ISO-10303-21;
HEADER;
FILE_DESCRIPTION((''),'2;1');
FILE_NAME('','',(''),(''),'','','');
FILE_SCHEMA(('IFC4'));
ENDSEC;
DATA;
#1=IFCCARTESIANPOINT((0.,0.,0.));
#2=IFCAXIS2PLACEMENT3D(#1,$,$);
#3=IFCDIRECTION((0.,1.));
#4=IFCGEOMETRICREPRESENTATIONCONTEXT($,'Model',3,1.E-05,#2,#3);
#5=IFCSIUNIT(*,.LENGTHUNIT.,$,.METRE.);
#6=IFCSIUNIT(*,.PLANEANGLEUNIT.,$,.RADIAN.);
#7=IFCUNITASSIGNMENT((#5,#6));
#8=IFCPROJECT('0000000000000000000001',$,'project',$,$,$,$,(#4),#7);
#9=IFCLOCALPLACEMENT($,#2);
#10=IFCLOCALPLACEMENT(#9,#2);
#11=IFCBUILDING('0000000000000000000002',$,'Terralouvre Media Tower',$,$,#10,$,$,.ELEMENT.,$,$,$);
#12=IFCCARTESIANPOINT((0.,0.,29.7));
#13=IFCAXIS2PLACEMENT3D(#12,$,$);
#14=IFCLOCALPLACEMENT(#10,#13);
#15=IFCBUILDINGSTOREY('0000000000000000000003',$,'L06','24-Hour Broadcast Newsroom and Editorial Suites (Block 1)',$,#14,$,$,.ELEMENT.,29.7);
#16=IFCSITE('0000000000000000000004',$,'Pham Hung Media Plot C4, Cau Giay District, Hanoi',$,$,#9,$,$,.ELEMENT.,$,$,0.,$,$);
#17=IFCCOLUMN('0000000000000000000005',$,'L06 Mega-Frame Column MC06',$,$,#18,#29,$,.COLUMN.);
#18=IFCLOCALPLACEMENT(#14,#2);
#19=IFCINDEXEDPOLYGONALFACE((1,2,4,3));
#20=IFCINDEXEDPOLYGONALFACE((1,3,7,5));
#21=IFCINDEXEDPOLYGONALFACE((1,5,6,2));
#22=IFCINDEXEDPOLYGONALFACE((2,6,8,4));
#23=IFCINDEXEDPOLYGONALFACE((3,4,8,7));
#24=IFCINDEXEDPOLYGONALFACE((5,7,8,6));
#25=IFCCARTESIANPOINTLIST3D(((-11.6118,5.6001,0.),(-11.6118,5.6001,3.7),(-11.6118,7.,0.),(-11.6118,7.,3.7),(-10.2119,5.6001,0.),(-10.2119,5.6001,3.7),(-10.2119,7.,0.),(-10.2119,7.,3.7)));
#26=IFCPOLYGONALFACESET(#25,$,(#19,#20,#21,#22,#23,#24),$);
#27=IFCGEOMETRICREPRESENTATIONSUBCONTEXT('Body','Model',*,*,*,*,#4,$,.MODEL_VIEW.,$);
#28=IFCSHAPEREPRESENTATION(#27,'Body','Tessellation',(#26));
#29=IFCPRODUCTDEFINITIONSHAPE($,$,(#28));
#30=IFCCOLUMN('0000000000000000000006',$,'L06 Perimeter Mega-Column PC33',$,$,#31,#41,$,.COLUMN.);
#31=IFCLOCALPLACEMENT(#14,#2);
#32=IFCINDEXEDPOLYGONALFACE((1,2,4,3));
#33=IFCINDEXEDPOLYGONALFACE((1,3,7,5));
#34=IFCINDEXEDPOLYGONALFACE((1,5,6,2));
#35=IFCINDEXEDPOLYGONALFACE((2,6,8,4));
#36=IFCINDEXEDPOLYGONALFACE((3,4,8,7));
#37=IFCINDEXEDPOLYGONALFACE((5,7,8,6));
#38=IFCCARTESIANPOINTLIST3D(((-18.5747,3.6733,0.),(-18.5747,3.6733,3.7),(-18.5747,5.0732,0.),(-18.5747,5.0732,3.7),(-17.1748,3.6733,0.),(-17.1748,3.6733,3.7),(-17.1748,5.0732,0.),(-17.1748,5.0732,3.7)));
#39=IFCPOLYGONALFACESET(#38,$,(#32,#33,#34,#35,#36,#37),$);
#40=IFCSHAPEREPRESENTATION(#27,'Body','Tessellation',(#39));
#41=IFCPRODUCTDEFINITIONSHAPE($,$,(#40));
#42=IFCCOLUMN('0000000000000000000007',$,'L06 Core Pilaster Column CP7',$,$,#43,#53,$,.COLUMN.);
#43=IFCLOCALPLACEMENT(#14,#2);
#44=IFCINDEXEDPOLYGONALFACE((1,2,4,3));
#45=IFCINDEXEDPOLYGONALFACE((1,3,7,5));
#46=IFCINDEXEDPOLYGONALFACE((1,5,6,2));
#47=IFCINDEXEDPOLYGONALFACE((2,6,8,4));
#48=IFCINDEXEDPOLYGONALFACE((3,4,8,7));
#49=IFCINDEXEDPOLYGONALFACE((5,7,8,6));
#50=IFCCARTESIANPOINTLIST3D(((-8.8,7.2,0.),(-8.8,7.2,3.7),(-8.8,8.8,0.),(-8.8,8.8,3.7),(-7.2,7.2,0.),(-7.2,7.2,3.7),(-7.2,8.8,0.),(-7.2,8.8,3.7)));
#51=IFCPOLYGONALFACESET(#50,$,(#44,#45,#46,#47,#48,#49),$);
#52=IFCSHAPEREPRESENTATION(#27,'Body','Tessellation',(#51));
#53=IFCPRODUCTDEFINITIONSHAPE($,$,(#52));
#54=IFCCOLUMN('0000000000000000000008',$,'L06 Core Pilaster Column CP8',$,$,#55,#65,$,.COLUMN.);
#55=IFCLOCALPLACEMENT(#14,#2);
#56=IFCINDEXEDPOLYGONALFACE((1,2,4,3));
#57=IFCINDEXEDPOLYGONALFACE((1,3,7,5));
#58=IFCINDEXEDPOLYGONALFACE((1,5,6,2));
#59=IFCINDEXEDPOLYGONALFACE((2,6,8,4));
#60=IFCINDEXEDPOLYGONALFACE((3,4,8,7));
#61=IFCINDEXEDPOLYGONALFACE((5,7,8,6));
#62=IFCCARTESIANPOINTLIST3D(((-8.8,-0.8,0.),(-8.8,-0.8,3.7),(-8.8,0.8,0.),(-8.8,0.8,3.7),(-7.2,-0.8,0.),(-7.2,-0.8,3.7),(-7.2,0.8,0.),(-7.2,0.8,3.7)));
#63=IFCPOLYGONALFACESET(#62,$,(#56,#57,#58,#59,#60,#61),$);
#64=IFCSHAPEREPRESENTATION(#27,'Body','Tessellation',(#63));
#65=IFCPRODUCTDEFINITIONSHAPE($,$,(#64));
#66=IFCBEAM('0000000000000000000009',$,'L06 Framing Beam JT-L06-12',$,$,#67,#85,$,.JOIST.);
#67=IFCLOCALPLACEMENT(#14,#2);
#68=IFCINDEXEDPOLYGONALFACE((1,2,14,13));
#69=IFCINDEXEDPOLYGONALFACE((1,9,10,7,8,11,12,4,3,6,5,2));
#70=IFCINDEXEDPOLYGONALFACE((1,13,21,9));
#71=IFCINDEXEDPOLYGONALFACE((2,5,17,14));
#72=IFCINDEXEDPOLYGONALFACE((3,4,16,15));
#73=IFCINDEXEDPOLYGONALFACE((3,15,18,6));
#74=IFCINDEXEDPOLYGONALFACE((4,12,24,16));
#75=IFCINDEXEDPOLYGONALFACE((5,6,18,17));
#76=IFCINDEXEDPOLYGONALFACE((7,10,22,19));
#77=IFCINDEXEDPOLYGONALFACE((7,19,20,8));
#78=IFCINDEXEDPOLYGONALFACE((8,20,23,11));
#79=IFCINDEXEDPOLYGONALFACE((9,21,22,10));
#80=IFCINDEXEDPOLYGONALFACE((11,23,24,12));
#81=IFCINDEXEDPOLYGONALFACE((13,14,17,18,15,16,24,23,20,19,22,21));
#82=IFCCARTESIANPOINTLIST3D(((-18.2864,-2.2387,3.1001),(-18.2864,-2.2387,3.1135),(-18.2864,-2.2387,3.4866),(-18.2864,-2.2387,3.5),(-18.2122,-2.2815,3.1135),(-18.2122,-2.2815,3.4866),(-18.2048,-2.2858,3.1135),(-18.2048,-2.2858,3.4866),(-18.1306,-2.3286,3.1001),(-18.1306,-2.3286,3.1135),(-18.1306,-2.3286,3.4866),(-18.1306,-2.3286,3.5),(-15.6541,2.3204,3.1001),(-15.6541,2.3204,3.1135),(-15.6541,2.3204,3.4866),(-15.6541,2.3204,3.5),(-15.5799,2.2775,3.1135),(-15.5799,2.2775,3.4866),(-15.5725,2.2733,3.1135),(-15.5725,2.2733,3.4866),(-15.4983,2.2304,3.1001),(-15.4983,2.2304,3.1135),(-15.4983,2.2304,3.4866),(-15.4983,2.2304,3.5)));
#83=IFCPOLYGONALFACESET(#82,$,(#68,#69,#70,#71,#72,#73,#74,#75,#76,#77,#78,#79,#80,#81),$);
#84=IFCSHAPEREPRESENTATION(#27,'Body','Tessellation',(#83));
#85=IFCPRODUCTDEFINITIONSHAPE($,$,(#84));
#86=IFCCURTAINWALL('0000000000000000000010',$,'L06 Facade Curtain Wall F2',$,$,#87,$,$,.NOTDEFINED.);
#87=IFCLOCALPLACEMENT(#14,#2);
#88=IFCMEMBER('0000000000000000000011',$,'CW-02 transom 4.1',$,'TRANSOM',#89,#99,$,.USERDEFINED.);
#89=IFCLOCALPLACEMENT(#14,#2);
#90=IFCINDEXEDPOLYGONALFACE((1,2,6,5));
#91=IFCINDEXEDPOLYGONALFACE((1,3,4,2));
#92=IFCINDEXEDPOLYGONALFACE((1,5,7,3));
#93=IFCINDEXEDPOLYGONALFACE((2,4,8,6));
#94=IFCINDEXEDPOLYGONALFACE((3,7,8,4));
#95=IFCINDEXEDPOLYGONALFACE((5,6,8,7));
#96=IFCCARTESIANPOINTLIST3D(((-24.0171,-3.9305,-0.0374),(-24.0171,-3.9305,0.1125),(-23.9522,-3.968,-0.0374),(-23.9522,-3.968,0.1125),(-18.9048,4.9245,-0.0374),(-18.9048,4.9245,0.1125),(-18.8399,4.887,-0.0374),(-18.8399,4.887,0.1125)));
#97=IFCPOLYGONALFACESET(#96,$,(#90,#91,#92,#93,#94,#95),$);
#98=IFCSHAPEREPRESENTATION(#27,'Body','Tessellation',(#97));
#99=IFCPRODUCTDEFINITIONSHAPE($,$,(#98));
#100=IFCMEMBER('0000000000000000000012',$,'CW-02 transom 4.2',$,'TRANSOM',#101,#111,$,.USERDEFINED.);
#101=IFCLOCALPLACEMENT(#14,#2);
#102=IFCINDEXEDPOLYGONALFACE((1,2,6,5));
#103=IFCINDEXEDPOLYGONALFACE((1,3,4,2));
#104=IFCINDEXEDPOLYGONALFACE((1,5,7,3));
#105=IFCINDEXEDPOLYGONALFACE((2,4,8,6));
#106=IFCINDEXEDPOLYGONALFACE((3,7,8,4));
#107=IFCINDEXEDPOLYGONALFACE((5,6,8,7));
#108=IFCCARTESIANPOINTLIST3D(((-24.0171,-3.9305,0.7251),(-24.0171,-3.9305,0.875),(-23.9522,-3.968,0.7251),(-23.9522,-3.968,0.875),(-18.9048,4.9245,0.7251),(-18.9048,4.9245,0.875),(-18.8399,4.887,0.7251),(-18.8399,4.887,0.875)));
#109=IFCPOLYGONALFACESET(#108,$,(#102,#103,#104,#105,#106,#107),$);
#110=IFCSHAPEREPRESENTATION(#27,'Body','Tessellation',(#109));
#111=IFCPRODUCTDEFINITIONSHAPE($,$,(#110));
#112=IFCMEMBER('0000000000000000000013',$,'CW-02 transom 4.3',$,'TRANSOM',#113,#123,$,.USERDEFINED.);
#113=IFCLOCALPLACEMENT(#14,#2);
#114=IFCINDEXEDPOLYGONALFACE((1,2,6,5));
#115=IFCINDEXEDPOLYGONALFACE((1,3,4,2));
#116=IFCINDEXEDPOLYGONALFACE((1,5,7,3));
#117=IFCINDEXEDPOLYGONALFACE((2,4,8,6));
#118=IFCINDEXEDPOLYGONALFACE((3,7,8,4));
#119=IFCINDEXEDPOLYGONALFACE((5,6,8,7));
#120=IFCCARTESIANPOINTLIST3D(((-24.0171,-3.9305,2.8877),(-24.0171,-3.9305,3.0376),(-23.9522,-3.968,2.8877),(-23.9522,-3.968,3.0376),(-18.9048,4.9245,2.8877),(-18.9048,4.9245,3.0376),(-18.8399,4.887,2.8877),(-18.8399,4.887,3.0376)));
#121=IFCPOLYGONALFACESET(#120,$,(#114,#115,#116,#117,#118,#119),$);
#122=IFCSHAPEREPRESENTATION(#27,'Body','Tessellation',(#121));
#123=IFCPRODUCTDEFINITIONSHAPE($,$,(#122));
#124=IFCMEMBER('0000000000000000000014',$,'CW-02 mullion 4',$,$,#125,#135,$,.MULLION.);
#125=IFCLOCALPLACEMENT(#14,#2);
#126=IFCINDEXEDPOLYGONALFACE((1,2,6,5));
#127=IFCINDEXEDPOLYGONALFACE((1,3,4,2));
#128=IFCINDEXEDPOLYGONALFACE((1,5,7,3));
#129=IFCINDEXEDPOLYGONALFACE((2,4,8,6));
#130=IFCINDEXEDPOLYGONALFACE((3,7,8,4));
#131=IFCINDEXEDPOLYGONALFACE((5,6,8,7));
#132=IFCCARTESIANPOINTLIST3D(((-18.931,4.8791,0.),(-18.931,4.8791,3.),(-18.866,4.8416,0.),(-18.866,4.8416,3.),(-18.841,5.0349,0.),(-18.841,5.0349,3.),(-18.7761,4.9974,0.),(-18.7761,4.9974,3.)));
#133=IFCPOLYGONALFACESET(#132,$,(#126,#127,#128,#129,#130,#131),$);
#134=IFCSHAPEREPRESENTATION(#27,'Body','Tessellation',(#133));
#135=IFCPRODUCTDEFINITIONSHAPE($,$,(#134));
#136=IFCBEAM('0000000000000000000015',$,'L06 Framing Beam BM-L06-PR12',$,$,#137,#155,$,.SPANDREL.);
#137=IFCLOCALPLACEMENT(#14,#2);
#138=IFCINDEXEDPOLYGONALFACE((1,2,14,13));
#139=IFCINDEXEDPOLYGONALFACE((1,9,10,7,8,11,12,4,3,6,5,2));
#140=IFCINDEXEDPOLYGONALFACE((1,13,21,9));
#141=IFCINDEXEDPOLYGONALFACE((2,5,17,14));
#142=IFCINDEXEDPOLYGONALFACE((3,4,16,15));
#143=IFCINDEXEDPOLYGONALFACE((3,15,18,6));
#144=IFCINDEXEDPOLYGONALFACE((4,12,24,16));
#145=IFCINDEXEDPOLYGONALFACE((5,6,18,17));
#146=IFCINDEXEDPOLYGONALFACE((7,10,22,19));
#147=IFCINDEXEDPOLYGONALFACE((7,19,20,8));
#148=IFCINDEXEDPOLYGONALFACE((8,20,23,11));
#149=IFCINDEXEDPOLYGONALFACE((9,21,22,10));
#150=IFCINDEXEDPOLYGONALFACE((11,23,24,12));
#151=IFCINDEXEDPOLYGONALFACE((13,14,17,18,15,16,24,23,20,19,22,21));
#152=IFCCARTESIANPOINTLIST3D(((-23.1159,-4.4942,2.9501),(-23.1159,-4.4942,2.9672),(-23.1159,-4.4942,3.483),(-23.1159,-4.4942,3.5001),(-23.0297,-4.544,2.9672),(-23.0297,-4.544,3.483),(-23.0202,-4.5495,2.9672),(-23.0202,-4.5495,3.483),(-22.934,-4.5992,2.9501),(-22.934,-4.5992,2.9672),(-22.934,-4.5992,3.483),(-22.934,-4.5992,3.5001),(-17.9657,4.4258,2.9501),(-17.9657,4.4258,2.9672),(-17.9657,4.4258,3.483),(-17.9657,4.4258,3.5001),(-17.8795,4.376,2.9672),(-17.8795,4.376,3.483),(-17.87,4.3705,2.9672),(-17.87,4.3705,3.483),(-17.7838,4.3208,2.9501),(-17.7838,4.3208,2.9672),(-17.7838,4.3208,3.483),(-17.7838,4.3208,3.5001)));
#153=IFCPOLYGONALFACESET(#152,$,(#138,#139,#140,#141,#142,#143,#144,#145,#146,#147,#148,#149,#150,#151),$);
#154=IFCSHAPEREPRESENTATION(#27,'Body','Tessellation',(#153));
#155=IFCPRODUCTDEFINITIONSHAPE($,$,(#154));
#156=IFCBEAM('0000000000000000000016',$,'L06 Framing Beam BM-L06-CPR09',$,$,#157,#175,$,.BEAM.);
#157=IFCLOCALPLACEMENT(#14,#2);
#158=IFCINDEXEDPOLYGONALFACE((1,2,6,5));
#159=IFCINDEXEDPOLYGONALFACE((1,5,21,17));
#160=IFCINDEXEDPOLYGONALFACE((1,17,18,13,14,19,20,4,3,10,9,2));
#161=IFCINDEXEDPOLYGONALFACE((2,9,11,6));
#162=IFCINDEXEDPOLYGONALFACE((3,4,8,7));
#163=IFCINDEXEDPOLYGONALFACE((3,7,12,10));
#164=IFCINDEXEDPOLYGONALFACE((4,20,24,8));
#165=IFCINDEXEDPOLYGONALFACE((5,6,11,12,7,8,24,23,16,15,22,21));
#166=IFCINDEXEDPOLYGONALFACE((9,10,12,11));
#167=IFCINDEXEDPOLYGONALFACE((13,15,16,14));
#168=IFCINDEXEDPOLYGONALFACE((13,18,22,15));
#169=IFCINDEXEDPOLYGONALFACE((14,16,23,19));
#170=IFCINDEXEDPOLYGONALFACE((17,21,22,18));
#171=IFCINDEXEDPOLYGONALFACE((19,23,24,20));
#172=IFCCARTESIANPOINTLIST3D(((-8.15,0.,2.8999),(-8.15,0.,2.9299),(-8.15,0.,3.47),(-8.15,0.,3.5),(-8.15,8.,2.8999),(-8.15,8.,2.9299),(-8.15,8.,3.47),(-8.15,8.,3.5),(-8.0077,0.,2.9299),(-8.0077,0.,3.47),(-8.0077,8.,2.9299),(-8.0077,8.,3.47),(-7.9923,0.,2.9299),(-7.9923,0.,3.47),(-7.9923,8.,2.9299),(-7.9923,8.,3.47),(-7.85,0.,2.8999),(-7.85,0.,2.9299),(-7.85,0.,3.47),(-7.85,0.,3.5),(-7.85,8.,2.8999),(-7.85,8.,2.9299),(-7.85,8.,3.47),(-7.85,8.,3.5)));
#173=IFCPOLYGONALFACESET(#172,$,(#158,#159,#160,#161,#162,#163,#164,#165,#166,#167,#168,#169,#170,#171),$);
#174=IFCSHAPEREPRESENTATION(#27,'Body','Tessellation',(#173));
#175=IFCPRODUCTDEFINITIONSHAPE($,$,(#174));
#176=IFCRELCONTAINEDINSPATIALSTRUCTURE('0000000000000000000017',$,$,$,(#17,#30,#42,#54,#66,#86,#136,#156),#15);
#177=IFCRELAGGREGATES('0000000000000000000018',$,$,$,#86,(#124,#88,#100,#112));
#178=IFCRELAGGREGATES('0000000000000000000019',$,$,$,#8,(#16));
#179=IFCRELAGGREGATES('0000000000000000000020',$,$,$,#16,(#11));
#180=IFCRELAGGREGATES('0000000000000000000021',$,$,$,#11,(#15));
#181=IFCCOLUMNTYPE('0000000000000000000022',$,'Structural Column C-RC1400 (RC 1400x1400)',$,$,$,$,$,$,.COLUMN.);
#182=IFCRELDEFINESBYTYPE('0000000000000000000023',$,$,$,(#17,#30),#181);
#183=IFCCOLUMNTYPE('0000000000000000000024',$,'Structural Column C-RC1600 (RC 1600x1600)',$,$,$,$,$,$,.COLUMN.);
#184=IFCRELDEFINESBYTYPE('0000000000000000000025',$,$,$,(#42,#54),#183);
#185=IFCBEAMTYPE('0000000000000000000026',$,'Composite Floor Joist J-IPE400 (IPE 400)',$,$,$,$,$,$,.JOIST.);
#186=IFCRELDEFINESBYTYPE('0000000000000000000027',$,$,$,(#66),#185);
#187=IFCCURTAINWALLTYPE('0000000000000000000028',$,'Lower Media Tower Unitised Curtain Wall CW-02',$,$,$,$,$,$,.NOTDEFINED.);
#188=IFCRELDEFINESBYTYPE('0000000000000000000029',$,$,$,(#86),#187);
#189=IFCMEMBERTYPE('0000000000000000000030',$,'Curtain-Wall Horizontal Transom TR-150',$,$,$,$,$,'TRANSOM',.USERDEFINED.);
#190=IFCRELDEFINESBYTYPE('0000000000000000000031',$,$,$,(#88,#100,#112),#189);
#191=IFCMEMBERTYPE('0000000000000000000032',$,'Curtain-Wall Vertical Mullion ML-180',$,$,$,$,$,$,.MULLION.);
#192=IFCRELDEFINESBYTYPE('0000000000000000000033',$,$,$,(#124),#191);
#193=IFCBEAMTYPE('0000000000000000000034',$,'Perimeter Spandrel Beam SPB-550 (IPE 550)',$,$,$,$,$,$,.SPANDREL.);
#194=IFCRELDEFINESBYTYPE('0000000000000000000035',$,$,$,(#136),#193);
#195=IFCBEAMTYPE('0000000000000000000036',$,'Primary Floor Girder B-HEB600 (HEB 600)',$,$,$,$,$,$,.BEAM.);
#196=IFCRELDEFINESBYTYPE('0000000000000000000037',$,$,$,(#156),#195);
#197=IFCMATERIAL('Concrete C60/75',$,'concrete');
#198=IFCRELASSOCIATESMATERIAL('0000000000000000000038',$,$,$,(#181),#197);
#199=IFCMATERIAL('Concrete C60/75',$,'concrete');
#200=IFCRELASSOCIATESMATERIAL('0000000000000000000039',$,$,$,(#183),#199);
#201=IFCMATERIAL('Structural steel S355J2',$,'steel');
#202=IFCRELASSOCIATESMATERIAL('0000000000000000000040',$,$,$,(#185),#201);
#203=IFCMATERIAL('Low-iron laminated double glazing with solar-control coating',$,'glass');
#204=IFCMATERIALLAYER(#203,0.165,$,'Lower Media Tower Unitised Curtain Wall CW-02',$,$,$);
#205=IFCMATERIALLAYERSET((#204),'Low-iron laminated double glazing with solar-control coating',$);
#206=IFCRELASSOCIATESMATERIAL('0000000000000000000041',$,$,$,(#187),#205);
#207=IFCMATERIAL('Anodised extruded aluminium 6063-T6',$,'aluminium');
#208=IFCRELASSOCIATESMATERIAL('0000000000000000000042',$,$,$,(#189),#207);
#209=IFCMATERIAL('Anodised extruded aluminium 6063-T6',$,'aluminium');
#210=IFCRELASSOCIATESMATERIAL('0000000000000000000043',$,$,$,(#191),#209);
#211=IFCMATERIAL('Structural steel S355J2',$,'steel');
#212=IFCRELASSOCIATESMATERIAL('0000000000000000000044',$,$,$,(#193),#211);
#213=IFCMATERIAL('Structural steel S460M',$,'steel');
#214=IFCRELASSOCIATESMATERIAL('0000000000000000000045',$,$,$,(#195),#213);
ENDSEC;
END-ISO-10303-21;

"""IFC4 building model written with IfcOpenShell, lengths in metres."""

from ifc_helpers import new_model, si_unit, direction, frame, origin, origin_2d, place, context, subcontext, project, spatial, rectangle, i_section, extrude, material, layer, layer_set, material_profile, profile_set, type_object, element, aggregate, save


model = new_model("IFC4")

# Units and contexts
model_context = context("Model", 3, precision=1e-05, world=origin(), true_north=direction((0.0, 1.0)))
body_context = subcontext(model_context, "Body", "Model", "MODEL_VIEW")
ifc_project = project(units=[si_unit("LENGTHUNIT", "METRE"), si_unit("PLANEANGLEUNIT", "RADIAN")], contexts=[model_context])

# Site, building, storey
site_placement = place(None, origin())
site = spatial("IfcSite", under=ifc_project, at=site_placement, Name="Pham Hung Media Plot C4, Cau Giay District, Hanoi", CompositionType="ELEMENT", RefElevation=0.0)
building_placement = place(site_placement, origin())
building = spatial("IfcBuilding", under=site, at=building_placement, Name="Terralouvre Media Tower", CompositionType="ELEMENT")
storey_placement = place(building_placement, frame((0.0, 0.0, 29.7)))
storey = spatial("IfcBuildingStorey", under=building, at=storey_placement, Name="L06", Description="24-Hour Broadcast Newsroom and Editorial Suites (Block 1)", CompositionType="ELEMENT", Elevation=29.7)

# Columns
ifc_material_1 = material(Name="Concrete C60/75", Category="concrete")
ifc_material_profile_1 = material_profile(ifc_material_1, rectangle(XDim=1.3999, YDim=1.3999, at=origin_2d()), Name="RC 1400x1400")
ifc_profile_set_1 = profile_set([ifc_material_profile_1], Name="Concrete C60/75")
column_type_1 = type_object("IfcColumnType", Name="Structural Column C-RC1400 (RC 1400x1400)", PredefinedType="COLUMN", material=ifc_profile_set_1)
for number, where, z_axis, x_axis, name in (
    (1, (-10.9119, 6.3, 0.0), (0.0, 0.0, 1.0), (1.0, 0.0, 0.0), "L06 Mega-Frame Column MC06"),
    (2, (-17.8748, 4.3733, 0.0), (0.0, 0.0, 1.0), (1.0, 0.0, 0.0), "L06 Perimeter Mega-Column PC33"),
):
    element("IfcColumn", number, at=place(storey_placement, frame(where, z_axis=z_axis, x_axis=x_axis)), inside=storey, type_object=column_type_1, Name=name, PredefinedType="COLUMN", context=body_context, shape_type="SweptSolid", body=[
        extrude(rectangle(XDim=1.3999, YDim=1.3999, at=origin_2d()), origin(), (0.0, 0.0, 1.0), 3.7),
    ])
ifc_material_2 = material(Name="Concrete C60/75", Category="concrete")
ifc_material_profile_2 = material_profile(ifc_material_2, rectangle(XDim=1.6001, YDim=1.6001, at=origin_2d()), Name="RC 1600x1600")
ifc_profile_set_2 = profile_set([ifc_material_profile_2], Name="Concrete C60/75")
column_type_2 = type_object("IfcColumnType", Name="Structural Column C-RC1600 (RC 1600x1600)", PredefinedType="COLUMN", material=ifc_profile_set_2)
for number, where, z_axis, x_axis, name in (
    (3, (-8.0, 8.0, 0.0), (0.0, 0.0, 1.0), (1.0, 0.0, 0.0), "L06 Core Pilaster Column CP7"),
    (4, (-8.0, 0.0, 0.0), (0.0, 0.0, 1.0), (1.0, 0.0, 0.0), "L06 Core Pilaster Column CP8"),
):
    element("IfcColumn", number, at=place(storey_placement, frame(where, z_axis=z_axis, x_axis=x_axis)), inside=storey, type_object=column_type_2, Name=name, PredefinedType="COLUMN", context=body_context, shape_type="SweptSolid", body=[
        extrude(rectangle(XDim=1.6001, YDim=1.6001, at=origin_2d()), origin(), (0.0, 0.0, 1.0), 3.7),
    ])

# Beam
ifc_material_3 = material(Name="Structural steel S355J2", Category="steel")
ifc_material_profile_3 = material_profile(ifc_material_3, i_section(OverallWidth=0.1799, OverallDepth=0.3999, WebThickness=0.0085, FlangeThickness=0.0134, at=origin_2d()), Name="IPE 400")
ifc_profile_set_3 = profile_set([ifc_material_profile_3], Name="Structural steel S355J2")
beam_type_1 = type_object("IfcBeamType", Name="Composite Floor Joist J-IPE400 (IPE 400)", PredefinedType="JOIST", material=ifc_profile_set_3)
beam_1_placement = place(storey_placement, frame((-15.5762, 2.2754, 3.3), z_axis=(-0.50002, -0.866014, 0.0), x_axis=(0.866014, -0.50002, 0.0)))
element("IfcBeam", 5, at=beam_1_placement, inside=storey, type_object=beam_type_1, Name="L06 Framing Beam JT-L06-12", PredefinedType="JOIST", context=body_context, shape_type="SweptSolid", body=[
    extrude(i_section(OverallWidth=0.1799, OverallDepth=0.3999, WebThickness=0.0085, FlangeThickness=0.0134, at=origin_2d()), origin(), (0.0, 0.0, 1.0), 5.2644),
])

# Curtain wall, members
ifc_material_4 = material(Name="Low-iron laminated double glazing with solar-control coating", Category="glass")
ifc_layer_1 = layer(ifc_material_4, 0.165, Name="Lower Media Tower Unitised Curtain Wall CW-02")
ifc_layer_set_1 = layer_set([ifc_layer_1], Name="Low-iron laminated double glazing with solar-control coating")
curtain_wall_type = type_object("IfcCurtainWallType", Name="Lower Media Tower Unitised Curtain Wall CW-02", PredefinedType="NOTDEFINED", material=ifc_layer_set_1)
curtain_wall_placement = place(storey_placement, origin())
curtain_wall = element("IfcCurtainWall", 6, at=curtain_wall_placement, inside=storey, type_object=curtain_wall_type, Name="L06 Facade Curtain Wall F2", PredefinedType="NOTDEFINED")
ifc_material_5 = material(Name="Anodised extruded aluminium 6063-T6", Category="aluminium")
ifc_material_profile_4 = material_profile(ifc_material_5, rectangle(XDim=0.075, YDim=0.1499, at=origin_2d()), Name="ALU 75x150")
ifc_profile_set_4 = profile_set([ifc_material_profile_4], Name="Anodised extruded aluminium 6063-T6")
member_type_1 = type_object("IfcMemberType", Name="Curtain-Wall Horizontal Transom TR-150", ElementType="TRANSOM", PredefinedType="USERDEFINED", material=ifc_profile_set_4)
member_1_placement = place(storey_placement, frame((-18.8723, 4.9058, 0.0376), z_axis=(-0.499991, -0.866031, 0.0), x_axis=(0.866031, -0.499991, 0.0)))
member_1 = element("IfcMember", 7, at=member_1_placement, type_object=member_type_1, Name="CW-02 transom 4.1", ObjectType="TRANSOM", PredefinedType="USERDEFINED", context=body_context, shape_type="SweptSolid", body=[
    extrude(rectangle(XDim=0.075, YDim=0.1499, at=origin_2d()), origin(), (0.0, 0.0, 1.0), 10.2249),
])
member_2_placement = place(storey_placement, frame((-18.8723, 4.9058, 0.8), z_axis=(-0.499991, -0.866031, 0.0), x_axis=(0.866031, -0.499991, 0.0)))
member_2 = element("IfcMember", 8, at=member_2_placement, type_object=member_type_1, Name="CW-02 transom 4.2", ObjectType="TRANSOM", PredefinedType="USERDEFINED", context=body_context, shape_type="SweptSolid", body=[
    extrude(rectangle(XDim=0.075, YDim=0.1499, at=origin_2d()), origin(), (0.0, 0.0, 1.0), 10.2249),
])
member_3_placement = place(storey_placement, frame((-18.8723, 4.9058, 2.9626), z_axis=(-0.499991, -0.866031, 0.0), x_axis=(0.866031, -0.499991, 0.0)))
member_3 = element("IfcMember", 9, at=member_3_placement, type_object=member_type_1, Name="CW-02 transom 4.3", ObjectType="TRANSOM", PredefinedType="USERDEFINED", context=body_context, shape_type="SweptSolid", body=[
    extrude(rectangle(XDim=0.075, YDim=0.1499, at=origin_2d()), origin(), (0.0, 0.0, 1.0), 10.2249),
])
ifc_material_6 = material(Name="Anodised extruded aluminium 6063-T6", Category="aluminium")
ifc_material_profile_5 = material_profile(ifc_material_6, rectangle(XDim=0.075, YDim=0.1799, at=origin_2d()), Name="ALU 75x180")
ifc_profile_set_5 = profile_set([ifc_material_profile_5], Name="Anodised extruded aluminium 6063-T6")
member_type_2 = type_object("IfcMemberType", Name="Curtain-Wall Vertical Mullion ML-180", PredefinedType="MULLION", material=ifc_profile_set_5)
member_4_placement = place(storey_placement, frame((-18.8535, 4.9382, 0.0), z_axis=(0.0, 0.0, 1.0), x_axis=(0.866025, -0.5, 0.0)))
member_4 = element("IfcMember", 10, at=member_4_placement, type_object=member_type_2, Name="CW-02 mullion 4", PredefinedType="MULLION", context=body_context, shape_type="SweptSolid", body=[
    extrude(rectangle(XDim=0.075, YDim=0.1799, at=origin_2d()), origin(), (0.0, 0.0, 1.0), 3.0),
])

# Beams
ifc_material_7 = material(Name="Structural steel S355J2", Category="steel")
ifc_material_profile_6 = material_profile(ifc_material_7, i_section(OverallWidth=0.21, OverallDepth=0.55, WebThickness=0.011, FlangeThickness=0.0171, at=origin_2d()), Name="IPE 550")
ifc_profile_set_6 = profile_set([ifc_material_profile_6], Name="Structural steel S355J2")
beam_type_2 = type_object("IfcBeamType", Name="Perimeter Spandrel Beam SPB-550 (IPE 550)", PredefinedType="SPANDREL", material=ifc_profile_set_6)
beam_2_placement = place(storey_placement, frame((-17.8748, 4.3733, 3.2251), z_axis=(-0.500017, -0.866016, 0.0), x_axis=(0.866016, -0.500017, 0.0)))
element("IfcBeam", 11, at=beam_2_placement, inside=storey, type_object=beam_type_2, Name="L06 Framing Beam BM-L06-PR12", PredefinedType="SPANDREL", context=body_context, shape_type="SweptSolid", body=[
    extrude(i_section(OverallWidth=0.21, OverallDepth=0.55, WebThickness=0.011, FlangeThickness=0.0171, at=origin_2d()), origin(), (0.0, 0.0, 1.0), 10.3),
])
ifc_material_8 = material(Name="Structural steel S460M", Category="steel")
ifc_material_profile_7 = material_profile(ifc_material_8, i_section(OverallWidth=0.3, OverallDepth=0.6001, WebThickness=0.0154, FlangeThickness=0.03, at=origin_2d()), Name="HEB 600")
ifc_profile_set_7 = profile_set([ifc_material_profile_7], Name="Structural steel S460M")
beam_type_3 = type_object("IfcBeamType", Name="Primary Floor Girder B-HEB600 (HEB 600)", PredefinedType="BEAM", material=ifc_profile_set_7)
for number, where, z_axis, x_axis, name in (
    (12, (-8.0, 8.0, 3.2), (0.0, -1.0, 0.0), (1.0, 0.0, 0.0), "L06 Framing Beam BM-L06-CPR09"),
):
    element("IfcBeam", number, at=place(storey_placement, frame(where, z_axis=z_axis, x_axis=x_axis)), inside=storey, type_object=beam_type_3, Name=name, PredefinedType="BEAM", context=body_context, shape_type="SweptSolid", body=[
        extrude(i_section(OverallWidth=0.3, OverallDepth=0.6001, WebThickness=0.0154, FlangeThickness=0.03, at=origin_2d()), origin(), (0.0, 0.0, 1.0), 8.0),
    ])

aggregate(curtain_wall, [member_4, member_1, member_2, member_3])

save(model, "model.ifc")
